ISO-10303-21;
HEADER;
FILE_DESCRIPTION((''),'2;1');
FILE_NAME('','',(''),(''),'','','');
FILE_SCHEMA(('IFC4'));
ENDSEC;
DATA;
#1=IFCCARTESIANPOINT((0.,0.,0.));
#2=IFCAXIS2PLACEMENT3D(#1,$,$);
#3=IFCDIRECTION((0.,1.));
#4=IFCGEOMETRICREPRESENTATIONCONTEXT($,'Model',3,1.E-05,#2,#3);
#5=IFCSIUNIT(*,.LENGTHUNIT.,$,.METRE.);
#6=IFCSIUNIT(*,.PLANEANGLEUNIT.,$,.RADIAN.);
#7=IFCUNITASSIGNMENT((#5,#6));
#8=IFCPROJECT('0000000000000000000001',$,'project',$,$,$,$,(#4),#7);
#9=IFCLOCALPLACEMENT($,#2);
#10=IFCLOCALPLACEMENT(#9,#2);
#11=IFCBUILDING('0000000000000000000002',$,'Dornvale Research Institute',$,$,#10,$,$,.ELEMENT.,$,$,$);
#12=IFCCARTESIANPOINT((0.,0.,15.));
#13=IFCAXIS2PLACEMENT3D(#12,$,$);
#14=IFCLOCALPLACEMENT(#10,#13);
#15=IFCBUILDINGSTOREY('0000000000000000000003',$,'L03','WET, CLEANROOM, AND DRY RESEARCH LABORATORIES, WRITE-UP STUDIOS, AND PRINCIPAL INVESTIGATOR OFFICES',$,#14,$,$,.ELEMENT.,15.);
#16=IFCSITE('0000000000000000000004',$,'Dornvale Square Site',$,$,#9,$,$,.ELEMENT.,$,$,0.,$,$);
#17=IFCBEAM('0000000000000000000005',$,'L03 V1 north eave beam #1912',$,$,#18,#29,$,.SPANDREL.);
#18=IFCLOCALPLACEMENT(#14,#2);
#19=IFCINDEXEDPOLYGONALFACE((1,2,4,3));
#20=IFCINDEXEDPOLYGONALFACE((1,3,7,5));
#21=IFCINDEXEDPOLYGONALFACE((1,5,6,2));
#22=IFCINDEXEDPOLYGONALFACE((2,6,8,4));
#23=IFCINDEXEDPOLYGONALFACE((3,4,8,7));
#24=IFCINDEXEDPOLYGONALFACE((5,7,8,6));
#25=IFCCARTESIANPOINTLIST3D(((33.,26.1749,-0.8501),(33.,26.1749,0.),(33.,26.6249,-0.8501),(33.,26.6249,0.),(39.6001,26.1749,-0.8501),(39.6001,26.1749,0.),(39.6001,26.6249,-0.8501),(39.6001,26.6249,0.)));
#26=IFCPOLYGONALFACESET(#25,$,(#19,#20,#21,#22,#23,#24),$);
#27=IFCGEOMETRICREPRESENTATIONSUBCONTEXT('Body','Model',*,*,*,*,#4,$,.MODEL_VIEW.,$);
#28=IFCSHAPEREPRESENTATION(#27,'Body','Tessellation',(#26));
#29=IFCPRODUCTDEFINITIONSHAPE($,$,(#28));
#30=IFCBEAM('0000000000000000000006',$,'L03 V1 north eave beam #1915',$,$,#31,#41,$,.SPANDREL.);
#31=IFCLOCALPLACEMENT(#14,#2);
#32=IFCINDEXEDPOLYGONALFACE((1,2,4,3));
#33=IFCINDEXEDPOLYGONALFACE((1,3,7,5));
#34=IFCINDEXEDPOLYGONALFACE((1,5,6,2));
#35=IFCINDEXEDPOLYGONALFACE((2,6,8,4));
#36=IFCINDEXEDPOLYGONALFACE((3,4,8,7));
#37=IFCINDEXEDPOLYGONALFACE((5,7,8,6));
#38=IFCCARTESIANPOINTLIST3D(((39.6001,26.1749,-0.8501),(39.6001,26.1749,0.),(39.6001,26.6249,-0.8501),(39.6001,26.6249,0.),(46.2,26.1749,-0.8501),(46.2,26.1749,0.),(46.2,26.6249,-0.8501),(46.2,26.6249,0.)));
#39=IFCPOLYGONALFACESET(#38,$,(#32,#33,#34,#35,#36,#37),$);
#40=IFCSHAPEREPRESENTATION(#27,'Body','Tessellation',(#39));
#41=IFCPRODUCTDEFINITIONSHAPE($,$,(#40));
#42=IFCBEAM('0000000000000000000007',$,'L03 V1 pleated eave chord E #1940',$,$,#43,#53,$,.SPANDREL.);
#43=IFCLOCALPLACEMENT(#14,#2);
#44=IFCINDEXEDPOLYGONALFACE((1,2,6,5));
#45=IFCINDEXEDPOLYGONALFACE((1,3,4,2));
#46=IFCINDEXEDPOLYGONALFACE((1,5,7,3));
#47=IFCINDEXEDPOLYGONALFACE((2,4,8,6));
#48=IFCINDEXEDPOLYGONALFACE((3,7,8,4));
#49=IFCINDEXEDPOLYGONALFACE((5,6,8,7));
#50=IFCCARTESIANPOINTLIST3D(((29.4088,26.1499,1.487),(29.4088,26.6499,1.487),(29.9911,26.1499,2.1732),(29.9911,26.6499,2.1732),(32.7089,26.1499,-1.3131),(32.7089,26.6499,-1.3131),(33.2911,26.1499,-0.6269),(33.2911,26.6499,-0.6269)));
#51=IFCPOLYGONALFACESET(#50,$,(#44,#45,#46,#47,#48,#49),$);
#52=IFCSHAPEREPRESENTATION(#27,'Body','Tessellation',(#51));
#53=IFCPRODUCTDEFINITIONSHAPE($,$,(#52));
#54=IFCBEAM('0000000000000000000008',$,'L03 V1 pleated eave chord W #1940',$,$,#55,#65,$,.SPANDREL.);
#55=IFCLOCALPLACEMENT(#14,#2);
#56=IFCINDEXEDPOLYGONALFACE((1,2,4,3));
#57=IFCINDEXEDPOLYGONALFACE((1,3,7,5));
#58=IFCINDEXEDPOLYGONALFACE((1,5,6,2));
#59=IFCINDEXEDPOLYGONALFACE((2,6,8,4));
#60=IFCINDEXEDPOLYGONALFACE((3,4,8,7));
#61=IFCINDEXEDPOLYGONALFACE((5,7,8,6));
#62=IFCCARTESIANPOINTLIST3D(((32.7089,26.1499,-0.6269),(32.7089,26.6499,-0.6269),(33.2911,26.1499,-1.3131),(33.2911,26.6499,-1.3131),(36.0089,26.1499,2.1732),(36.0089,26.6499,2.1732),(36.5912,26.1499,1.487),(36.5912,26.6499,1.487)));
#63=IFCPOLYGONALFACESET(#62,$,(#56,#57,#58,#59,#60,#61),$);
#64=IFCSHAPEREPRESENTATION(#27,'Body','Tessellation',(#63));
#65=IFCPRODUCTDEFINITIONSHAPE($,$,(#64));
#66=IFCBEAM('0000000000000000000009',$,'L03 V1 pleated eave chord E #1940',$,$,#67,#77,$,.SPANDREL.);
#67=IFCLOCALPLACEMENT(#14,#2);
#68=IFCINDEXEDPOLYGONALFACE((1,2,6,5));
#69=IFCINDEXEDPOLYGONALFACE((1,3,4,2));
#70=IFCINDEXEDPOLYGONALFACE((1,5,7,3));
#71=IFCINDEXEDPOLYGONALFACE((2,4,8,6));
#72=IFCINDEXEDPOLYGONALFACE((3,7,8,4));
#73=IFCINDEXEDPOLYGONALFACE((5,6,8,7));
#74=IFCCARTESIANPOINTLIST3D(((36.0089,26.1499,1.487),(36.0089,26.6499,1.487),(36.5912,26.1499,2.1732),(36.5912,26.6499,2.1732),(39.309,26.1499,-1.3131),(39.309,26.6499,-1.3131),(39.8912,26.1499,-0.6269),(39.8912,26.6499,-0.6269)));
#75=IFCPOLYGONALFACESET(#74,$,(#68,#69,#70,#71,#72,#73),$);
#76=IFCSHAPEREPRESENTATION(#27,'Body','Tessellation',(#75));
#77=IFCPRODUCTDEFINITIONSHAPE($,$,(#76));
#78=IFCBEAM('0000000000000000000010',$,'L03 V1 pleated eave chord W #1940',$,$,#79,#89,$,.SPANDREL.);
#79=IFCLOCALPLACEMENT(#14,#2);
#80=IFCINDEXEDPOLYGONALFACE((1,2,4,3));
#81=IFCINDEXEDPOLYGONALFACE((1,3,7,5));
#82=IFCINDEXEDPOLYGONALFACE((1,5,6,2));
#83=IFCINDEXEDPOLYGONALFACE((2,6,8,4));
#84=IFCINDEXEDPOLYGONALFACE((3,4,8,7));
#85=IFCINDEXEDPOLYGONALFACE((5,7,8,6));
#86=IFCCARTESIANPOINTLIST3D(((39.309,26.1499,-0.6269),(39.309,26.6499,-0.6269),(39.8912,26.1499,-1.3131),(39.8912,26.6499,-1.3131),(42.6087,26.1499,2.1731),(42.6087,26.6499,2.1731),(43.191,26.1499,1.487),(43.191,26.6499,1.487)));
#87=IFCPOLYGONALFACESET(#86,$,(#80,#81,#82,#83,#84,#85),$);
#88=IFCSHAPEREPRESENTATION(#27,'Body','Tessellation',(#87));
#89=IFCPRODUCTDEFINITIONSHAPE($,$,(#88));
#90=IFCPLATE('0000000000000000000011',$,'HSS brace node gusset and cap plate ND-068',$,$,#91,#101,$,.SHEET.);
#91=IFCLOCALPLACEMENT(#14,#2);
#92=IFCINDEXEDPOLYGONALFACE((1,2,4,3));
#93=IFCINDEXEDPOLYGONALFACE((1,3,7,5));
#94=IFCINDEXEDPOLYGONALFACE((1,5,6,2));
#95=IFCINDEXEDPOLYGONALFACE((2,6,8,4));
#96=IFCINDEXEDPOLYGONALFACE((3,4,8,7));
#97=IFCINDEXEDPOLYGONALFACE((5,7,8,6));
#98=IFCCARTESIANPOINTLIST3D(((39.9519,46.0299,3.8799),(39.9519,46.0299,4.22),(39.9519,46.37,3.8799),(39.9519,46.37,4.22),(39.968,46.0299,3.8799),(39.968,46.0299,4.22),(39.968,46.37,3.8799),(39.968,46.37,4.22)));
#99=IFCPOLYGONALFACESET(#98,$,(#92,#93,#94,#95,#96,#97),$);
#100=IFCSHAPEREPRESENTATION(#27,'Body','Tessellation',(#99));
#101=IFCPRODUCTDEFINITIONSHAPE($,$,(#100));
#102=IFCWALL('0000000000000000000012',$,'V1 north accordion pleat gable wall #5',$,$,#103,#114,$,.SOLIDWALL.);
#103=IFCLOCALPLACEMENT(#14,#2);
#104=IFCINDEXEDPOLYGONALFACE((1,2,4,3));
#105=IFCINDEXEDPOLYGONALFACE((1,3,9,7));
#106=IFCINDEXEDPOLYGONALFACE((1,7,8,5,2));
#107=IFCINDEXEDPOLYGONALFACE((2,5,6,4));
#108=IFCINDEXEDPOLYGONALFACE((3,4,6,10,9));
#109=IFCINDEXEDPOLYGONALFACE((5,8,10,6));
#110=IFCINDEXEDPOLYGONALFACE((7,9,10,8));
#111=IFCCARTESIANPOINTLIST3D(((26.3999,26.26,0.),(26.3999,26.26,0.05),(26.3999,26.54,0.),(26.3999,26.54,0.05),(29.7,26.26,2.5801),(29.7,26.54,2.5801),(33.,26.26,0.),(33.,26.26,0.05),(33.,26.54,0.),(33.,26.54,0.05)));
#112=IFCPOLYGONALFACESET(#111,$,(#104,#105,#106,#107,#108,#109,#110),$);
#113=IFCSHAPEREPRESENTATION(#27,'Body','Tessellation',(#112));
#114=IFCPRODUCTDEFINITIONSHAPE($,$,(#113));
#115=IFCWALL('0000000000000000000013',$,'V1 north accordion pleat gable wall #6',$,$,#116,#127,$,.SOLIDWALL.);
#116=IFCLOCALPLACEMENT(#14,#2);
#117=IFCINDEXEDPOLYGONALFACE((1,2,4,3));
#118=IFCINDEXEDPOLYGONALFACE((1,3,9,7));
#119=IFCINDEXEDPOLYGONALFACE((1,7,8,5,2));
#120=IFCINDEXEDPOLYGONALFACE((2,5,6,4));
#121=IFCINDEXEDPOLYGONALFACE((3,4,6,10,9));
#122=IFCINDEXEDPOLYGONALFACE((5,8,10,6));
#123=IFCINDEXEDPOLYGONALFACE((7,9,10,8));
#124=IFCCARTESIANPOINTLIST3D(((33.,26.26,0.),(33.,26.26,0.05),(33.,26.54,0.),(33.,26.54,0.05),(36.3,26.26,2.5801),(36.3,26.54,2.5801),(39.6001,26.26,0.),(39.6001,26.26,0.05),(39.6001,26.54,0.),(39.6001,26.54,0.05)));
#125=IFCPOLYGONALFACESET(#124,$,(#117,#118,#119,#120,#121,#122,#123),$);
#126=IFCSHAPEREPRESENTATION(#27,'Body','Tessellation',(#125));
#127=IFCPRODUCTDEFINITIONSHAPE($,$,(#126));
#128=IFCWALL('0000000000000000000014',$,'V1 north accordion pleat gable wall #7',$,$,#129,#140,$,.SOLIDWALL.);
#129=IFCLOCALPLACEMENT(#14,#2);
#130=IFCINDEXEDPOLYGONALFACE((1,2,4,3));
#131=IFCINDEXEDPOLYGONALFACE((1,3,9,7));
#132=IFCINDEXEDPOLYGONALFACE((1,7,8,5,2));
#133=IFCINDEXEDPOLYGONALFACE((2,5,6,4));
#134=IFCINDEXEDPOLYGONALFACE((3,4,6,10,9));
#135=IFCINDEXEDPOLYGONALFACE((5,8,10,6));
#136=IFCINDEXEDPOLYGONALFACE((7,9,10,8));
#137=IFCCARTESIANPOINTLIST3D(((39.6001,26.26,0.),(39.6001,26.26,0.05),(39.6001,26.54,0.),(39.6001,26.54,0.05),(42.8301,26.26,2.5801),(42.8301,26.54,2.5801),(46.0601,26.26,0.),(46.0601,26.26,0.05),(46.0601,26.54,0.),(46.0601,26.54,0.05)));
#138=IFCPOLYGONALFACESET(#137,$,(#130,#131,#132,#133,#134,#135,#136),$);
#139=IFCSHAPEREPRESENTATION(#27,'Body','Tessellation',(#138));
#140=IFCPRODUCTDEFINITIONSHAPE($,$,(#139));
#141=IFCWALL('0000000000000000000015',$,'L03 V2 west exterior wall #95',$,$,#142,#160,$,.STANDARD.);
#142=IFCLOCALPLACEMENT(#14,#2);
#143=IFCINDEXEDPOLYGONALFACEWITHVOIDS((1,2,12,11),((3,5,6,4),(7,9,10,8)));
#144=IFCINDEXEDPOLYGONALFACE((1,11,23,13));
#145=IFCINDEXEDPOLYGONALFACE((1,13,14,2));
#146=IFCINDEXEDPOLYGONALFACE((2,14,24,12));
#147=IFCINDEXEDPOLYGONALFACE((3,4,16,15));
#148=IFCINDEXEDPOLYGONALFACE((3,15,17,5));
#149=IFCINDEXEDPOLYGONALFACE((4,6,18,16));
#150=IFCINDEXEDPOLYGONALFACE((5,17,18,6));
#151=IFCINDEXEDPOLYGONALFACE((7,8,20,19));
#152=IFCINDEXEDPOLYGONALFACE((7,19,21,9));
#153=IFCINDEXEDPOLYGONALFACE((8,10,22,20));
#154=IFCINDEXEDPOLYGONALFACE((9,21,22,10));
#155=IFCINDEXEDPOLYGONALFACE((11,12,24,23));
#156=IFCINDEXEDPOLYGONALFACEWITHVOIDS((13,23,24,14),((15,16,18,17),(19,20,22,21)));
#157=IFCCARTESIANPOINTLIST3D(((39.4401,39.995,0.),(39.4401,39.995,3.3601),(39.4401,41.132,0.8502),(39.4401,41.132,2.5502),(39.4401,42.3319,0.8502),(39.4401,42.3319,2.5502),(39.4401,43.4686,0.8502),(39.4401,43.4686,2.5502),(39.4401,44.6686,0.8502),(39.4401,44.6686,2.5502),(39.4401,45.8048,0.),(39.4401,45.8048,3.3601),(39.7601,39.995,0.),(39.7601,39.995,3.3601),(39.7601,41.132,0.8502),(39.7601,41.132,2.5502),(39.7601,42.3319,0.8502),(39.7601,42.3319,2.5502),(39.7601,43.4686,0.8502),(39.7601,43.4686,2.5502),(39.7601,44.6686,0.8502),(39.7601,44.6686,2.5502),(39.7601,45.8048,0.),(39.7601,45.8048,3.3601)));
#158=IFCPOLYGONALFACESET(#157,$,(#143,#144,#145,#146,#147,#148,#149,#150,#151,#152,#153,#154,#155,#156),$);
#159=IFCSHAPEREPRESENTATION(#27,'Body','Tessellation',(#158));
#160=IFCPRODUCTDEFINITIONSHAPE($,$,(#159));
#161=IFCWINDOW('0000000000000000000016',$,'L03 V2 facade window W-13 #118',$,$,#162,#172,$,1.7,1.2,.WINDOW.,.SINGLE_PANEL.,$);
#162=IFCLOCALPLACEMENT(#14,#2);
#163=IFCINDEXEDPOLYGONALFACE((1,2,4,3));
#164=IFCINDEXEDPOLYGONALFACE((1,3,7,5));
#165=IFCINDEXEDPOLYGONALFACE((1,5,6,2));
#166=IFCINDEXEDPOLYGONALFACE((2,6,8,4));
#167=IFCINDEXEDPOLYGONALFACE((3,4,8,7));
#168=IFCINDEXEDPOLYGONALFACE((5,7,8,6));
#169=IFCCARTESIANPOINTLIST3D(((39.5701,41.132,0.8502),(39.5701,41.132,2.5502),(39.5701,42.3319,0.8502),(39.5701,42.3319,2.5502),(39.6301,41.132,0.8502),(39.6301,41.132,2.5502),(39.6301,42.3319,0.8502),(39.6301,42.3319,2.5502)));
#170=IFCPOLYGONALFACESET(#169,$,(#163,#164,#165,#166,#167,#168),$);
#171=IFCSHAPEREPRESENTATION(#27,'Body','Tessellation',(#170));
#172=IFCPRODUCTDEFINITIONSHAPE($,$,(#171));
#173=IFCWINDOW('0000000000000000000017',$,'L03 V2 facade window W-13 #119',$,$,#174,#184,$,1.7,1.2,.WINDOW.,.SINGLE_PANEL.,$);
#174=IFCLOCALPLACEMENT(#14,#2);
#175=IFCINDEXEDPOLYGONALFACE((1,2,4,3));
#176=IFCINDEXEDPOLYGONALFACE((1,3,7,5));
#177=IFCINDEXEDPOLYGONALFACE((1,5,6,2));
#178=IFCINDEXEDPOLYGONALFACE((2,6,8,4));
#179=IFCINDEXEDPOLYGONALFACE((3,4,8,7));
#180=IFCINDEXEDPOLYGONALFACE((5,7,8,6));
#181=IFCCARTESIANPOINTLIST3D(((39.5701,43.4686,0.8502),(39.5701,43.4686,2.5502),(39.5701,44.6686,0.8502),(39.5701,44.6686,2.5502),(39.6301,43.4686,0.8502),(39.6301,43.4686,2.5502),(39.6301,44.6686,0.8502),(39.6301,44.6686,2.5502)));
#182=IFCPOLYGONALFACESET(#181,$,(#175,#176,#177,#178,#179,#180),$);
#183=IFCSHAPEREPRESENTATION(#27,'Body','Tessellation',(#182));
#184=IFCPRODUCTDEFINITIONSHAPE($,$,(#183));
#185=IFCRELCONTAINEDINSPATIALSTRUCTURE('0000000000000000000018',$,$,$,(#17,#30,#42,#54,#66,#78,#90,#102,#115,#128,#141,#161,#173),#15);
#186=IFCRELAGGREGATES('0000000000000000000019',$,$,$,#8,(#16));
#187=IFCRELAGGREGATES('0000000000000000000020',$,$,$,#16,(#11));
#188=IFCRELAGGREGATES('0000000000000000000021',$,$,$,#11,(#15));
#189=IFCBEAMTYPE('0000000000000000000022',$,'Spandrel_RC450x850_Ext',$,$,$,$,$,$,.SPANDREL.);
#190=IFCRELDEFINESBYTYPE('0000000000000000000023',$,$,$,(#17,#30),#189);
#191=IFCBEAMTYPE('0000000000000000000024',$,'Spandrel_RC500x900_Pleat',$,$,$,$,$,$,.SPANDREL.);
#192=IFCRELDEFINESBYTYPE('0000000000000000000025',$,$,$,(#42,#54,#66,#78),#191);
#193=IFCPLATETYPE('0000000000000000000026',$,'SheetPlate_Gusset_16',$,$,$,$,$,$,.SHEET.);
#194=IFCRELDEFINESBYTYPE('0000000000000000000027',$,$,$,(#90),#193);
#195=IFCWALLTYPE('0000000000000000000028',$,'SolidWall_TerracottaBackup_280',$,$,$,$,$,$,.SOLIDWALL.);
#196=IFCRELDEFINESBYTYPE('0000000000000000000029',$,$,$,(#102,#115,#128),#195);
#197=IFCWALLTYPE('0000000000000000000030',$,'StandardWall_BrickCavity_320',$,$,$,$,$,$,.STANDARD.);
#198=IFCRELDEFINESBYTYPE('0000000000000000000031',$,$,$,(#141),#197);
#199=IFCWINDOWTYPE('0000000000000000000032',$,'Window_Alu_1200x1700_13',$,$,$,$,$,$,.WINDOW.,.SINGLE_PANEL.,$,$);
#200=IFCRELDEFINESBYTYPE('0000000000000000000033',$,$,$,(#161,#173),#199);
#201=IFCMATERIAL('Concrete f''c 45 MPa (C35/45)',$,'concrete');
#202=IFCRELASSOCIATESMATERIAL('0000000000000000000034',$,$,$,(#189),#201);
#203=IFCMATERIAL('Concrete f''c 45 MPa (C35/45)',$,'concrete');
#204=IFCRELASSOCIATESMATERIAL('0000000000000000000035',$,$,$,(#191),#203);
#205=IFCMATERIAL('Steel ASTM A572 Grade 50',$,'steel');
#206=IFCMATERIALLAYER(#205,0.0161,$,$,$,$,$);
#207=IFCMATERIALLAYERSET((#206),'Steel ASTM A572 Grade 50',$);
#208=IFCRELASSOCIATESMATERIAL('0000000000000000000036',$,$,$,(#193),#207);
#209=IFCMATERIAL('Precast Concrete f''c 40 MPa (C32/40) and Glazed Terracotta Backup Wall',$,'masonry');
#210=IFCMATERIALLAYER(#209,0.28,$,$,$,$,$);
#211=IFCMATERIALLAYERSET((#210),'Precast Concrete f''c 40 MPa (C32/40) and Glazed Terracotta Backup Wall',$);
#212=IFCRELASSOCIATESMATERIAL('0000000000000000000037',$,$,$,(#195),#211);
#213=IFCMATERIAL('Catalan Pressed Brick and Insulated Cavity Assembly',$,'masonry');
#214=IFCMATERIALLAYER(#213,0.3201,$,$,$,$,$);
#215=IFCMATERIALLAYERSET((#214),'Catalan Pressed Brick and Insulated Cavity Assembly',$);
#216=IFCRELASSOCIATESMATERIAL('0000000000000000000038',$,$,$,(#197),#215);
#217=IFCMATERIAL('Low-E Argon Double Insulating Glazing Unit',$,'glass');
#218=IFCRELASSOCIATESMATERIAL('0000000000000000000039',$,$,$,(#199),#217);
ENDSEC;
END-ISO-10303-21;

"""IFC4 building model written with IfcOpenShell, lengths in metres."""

from ifc_helpers import new_model, si_unit, direction, frame, frame_2d, origin, origin_2d, place, context, subcontext, project, spatial, polyline, rectangle, outline, extrude, material, layer, layer_set, material_profile, profile_set, type_object, element, fill, save


model = new_model("IFC4")

# Units and contexts
model_context = context("Model", 3, precision=1e-05, world=origin(), true_north=direction((0.0, 1.0)))
body_context = subcontext(model_context, "Body", "Model", "MODEL_VIEW")
ifc_project = project(units=[si_unit("LENGTHUNIT", "METRE"), si_unit("PLANEANGLEUNIT", "RADIAN")], contexts=[model_context])

# Site, building, storey
site_placement = place(None, origin())
site = spatial("IfcSite", under=ifc_project, at=site_placement, Name="Dornvale Square Site", CompositionType="ELEMENT", RefElevation=0.0)
building_placement = place(site_placement, origin())
building = spatial("IfcBuilding", under=site, at=building_placement, Name="Dornvale Research Institute", CompositionType="ELEMENT")
storey_placement = place(building_placement, frame((0.0, 0.0, 15.0)))
storey = spatial("IfcBuildingStorey", under=building, at=storey_placement, Name="L03", Description="WET, CLEANROOM, AND DRY RESEARCH LABORATORIES, WRITE-UP STUDIOS, AND PRINCIPAL INVESTIGATOR OFFICES", CompositionType="ELEMENT", Elevation=15.0)

# Beams
ifc_material_1 = material(Name="Concrete f'c 45 MPa (C35/45)", Category="concrete")
ifc_material_profile_1 = material_profile(ifc_material_1, rectangle(XDim=0.45, YDim=0.8501, at=origin_2d()), Name="RC 450x850")
ifc_profile_set_1 = profile_set([ifc_material_profile_1], Name="Concrete f'c 45 MPa (C35/45)")
beam_type_1 = type_object("IfcBeamType", Name="Spandrel_RC450x850_Ext", PredefinedType="SPANDREL", material=ifc_profile_set_1)
beam_1_placement = place(storey_placement, frame((33.0, 26.3999, -0.425), z_axis=(1.0, 0.0, 0.0), x_axis=(0.0, 1.0, 0.0)))
element("IfcBeam", 1, at=beam_1_placement, inside=storey, type_object=beam_type_1, Name="L03 V1 north eave beam #1912", PredefinedType="SPANDREL", context=body_context, shape_type="SweptSolid", body=[
    extrude(rectangle(XDim=0.45, YDim=0.8501, at=origin_2d()), origin(), (0.0, 0.0, 1.0), 6.6001),
])
beam_2_placement = place(storey_placement, frame((39.6001, 26.3999, -0.425), z_axis=(1.0, 0.0, 0.0), x_axis=(0.0, 1.0, 0.0)))
element("IfcBeam", 2, at=beam_2_placement, inside=storey, type_object=beam_type_1, Name="L03 V1 north eave beam #1915", PredefinedType="SPANDREL", context=body_context, shape_type="SweptSolid", body=[
    extrude(rectangle(XDim=0.45, YDim=0.8501, at=origin_2d()), origin(), (0.0, 0.0, 1.0), 6.5999),
])
ifc_material_2 = material(Name="Concrete f'c 45 MPa (C35/45)", Category="concrete")
ifc_material_profile_2 = material_profile(ifc_material_2, rectangle(XDim=0.5, YDim=0.8999, at=origin_2d()), Name="RC 500x900")
ifc_profile_set_2 = profile_set([ifc_material_profile_2], Name="Concrete f'c 45 MPa (C35/45)")
beam_type_2 = type_object("IfcBeamType", Name="Spandrel_RC500x900_Pleat", PredefinedType="SPANDREL", material=ifc_profile_set_2)
for number, where, z_axis, x_axis, name in (
    (3, (29.7, 26.3999, 1.8301), (0.762508, 0.0, -0.646978), (0.0, 1.0, 0.0), "L03 V1 pleated eave chord E #1940"),
    (4, (33.0, 26.3999, -0.97), (0.762508, 0.0, 0.646978), (0.0, 1.0, 0.0), "L03 V1 pleated eave chord W #1940"),
    (5, (36.3, 26.3999, 1.8301), (0.762508, 0.0, -0.646978), (0.0, 1.0, 0.0), "L03 V1 pleated eave chord E #1940"),
):
    element("IfcBeam", number, at=place(storey_placement, frame(where, z_axis=z_axis, x_axis=x_axis)), inside=storey, type_object=beam_type_2, Name=name, PredefinedType="SPANDREL", context=body_context, shape_type="SweptSolid", body=[
        extrude(rectangle(XDim=0.5, YDim=0.8999, at=origin_2d()), origin(), (0.0, 0.0, 1.0), 4.3279),
    ])
beam_3_placement = place(storey_placement, frame((39.6001, 26.3999, -0.97), z_axis=(0.762485, 0.0, 0.647006), x_axis=(0.0, 1.0, 0.0)))
element("IfcBeam", 6, at=beam_3_placement, inside=storey, type_object=beam_type_2, Name="L03 V1 pleated eave chord W #1940", PredefinedType="SPANDREL", context=body_context, shape_type="SweptSolid", body=[
    extrude(rectangle(XDim=0.5, YDim=0.8999, at=origin_2d()), origin(), (0.0, 0.0, 1.0), 4.3276),
])

# Plate
ifc_material_3 = material(Name="Steel ASTM A572 Grade 50", Category="steel")
ifc_layer_1 = layer(ifc_material_3, 0.0161)
ifc_layer_set_1 = layer_set([ifc_layer_1], Name="Steel ASTM A572 Grade 50")
plate_type = type_object("IfcPlateType", Name="SheetPlate_Gusset_16", PredefinedType="SHEET", material=ifc_layer_set_1)
plate_placement = place(storey_placement, frame((39.96, 46.2, 3.8799), z_axis=(0.0, 0.0, 1.0), x_axis=(0.0, 1.0, 0.0)))
element("IfcPlate", 7, at=plate_placement, inside=storey, type_object=plate_type, Name="HSS brace node gusset and cap plate ND-068", PredefinedType="SHEET", context=body_context, shape_type="SweptSolid", body=[
    extrude(rectangle(XDim=0.3401, YDim=0.0161, at=origin_2d()), origin(), (0.0, 0.0, 1.0), 0.3401),
])

# Walls
ifc_material_4 = material(Name="Precast Concrete f'c 40 MPa (C32/40) and Glazed Terracotta Backup Wall", Category="masonry")
ifc_layer_2 = layer(ifc_material_4, 0.28)
ifc_layer_set_2 = layer_set([ifc_layer_2], Name="Precast Concrete f'c 40 MPa (C32/40) and Glazed Terracotta Backup Wall")
wall_type_1 = type_object("IfcWallType", Name="SolidWall_TerracottaBackup_280", PredefinedType="SOLIDWALL", material=ifc_layer_set_2)
for number, where, z_axis, x_axis, name in (
    (8, (26.3999, 26.3999, 0.0), (0.0, 0.0, 1.0), (1.0, 0.0, 0.0), "V1 north accordion pleat gable wall #5"),
    (9, (33.0, 26.3999, 0.0), (0.0, 0.0, 1.0), (1.0, 0.0, 0.0), "V1 north accordion pleat gable wall #6"),
):
    element("IfcWall", number, at=place(storey_placement, frame(where, z_axis=z_axis, x_axis=x_axis)), inside=storey, type_object=wall_type_1, Name=name, PredefinedType="SOLIDWALL", context=body_context, shape_type="SweptSolid", body=[
        extrude(outline(polyline([(0.0, 0.0), (6.6001, 0.0), (6.6001, 0.05), (3.3, 2.5801), (0.0, 0.05), (0.0, 0.0)])), frame((0.0, 0.1401, 0.0), z_axis=(0.0, -1.0, 0.0), x_axis=(1.0, 0.0, 0.0)), (0.0, 0.0, 1.0), 0.28),
    ])
wall_1_placement = place(storey_placement, frame((39.6001, 26.3999, 0.0), z_axis=(0.0, 0.0, 1.0), x_axis=(1.0, 0.0, 0.0)))
element("IfcWall", 10, at=wall_1_placement, inside=storey, type_object=wall_type_1, Name="V1 north accordion pleat gable wall #7", PredefinedType="SOLIDWALL", context=body_context, shape_type="SweptSolid", body=[
    extrude(outline(polyline([(0.0, 0.0), (6.46, 0.0), (6.46, 0.05), (3.23, 2.5801), (0.0, 0.05), (0.0, 0.0)])), frame((0.0, 0.1401, 0.0), z_axis=(0.0, -1.0, 0.0), x_axis=(1.0, 0.0, 0.0)), (0.0, 0.0, 1.0), 0.28),
])

# Wall, openings, windows
ifc_material_5 = material(Name="Catalan Pressed Brick and Insulated Cavity Assembly", Category="masonry")
ifc_layer_3 = layer(ifc_material_5, 0.3201)
ifc_layer_set_3 = layer_set([ifc_layer_3], Name="Catalan Pressed Brick and Insulated Cavity Assembly")
wall_type_2 = type_object("IfcWallType", Name="StandardWall_BrickCavity_320", PredefinedType="STANDARD", material=ifc_layer_set_3)
wall_2_placement = place(storey_placement, frame((39.6001, 39.9951, 0.0), z_axis=(0.0, 0.0, 1.0), x_axis=(0.0, 1.0, 0.0)))
wall_2 = element("IfcWall", 11, at=wall_2_placement, inside=storey, type_object=wall_type_2, Name="L03 V2 west exterior wall #95", PredefinedType="STANDARD", context=body_context, shape_type="SweptSolid", body=[
    extrude(rectangle(XDim=5.8098, YDim=0.3201, at=frame_2d((2.9048, 0.0))), origin(), (0.0, 0.0, 1.0), 3.3601),
])
opening_1_placement = place(wall_2_placement, frame((1.1367, 0.0, 0.8501)))
opening_1 = element("IfcOpeningElement", 12, at=opening_1_placement, cuts=wall_2, PredefinedType="OPENING", context=body_context, shape_type="SweptSolid", body=[
    extrude(rectangle(XDim=1.2, YDim=1.7, at=frame_2d((0.6001, 0.8501))), frame((0.0, 0.175, 0.0), z_axis=(0.0, -1.0, 0.0), x_axis=(1.0, 0.0, 0.0)), (0.0, 0.0, 1.0), 0.3501),
])
opening_2_placement = place(wall_2_placement, frame((3.4734, 0.0, 0.8501)))
opening_2 = element("IfcOpeningElement", 13, at=opening_2_placement, cuts=wall_2, PredefinedType="OPENING", context=body_context, shape_type="SweptSolid", body=[
    extrude(rectangle(XDim=1.2, YDim=1.7, at=frame_2d((0.6001, 0.8501))), frame((0.0, 0.175, 0.0), z_axis=(0.0, -1.0, 0.0), x_axis=(1.0, 0.0, 0.0)), (0.0, 0.0, 1.0), 0.3501),
])
ifc_material_6 = material(Name="Low-E Argon Double Insulating Glazing Unit", Category="glass")
window_type = type_object("IfcWindowType", Name="Window_Alu_1200x1700_13", PartitioningType="SINGLE_PANEL", PredefinedType="WINDOW", material=ifc_material_6)
window_1_placement = place(opening_1_placement, origin())
window_1 = element("IfcWindow", 14, at=window_1_placement, inside=storey, type_object=window_type, Name="L03 V2 facade window W-13 #118", OverallHeight=1.7, OverallWidth=1.2, PartitioningType="SINGLE_PANEL", PredefinedType="WINDOW", context=body_context, shape_type="SweptSolid", body=[
    extrude(rectangle(XDim=1.2, YDim=1.7, at=frame_2d((0.6001, 0.8501))), frame((0.0, 0.03, 0.0), z_axis=(0.0, -1.0, 0.0), x_axis=(1.0, 0.0, 0.0)), (0.0, 0.0, 1.0), 0.0601),
])
fill(opening_1, window_1)
window_2_placement = place(opening_2_placement, origin())
window_2 = element("IfcWindow", 15, at=window_2_placement, inside=storey, type_object=window_type, Name="L03 V2 facade window W-13 #119", OverallHeight=1.7, OverallWidth=1.2, PartitioningType="SINGLE_PANEL", PredefinedType="WINDOW", context=body_context, shape_type="SweptSolid", body=[
    extrude(rectangle(XDim=1.2, YDim=1.7, at=frame_2d((0.6001, 0.8501))), frame((0.0, 0.03, 0.0), z_axis=(0.0, -1.0, 0.0), x_axis=(1.0, 0.0, 0.0)), (0.0, 0.0, 1.0), 0.0601),
])
fill(opening_2, window_2)

save(model, "model.ifc")
